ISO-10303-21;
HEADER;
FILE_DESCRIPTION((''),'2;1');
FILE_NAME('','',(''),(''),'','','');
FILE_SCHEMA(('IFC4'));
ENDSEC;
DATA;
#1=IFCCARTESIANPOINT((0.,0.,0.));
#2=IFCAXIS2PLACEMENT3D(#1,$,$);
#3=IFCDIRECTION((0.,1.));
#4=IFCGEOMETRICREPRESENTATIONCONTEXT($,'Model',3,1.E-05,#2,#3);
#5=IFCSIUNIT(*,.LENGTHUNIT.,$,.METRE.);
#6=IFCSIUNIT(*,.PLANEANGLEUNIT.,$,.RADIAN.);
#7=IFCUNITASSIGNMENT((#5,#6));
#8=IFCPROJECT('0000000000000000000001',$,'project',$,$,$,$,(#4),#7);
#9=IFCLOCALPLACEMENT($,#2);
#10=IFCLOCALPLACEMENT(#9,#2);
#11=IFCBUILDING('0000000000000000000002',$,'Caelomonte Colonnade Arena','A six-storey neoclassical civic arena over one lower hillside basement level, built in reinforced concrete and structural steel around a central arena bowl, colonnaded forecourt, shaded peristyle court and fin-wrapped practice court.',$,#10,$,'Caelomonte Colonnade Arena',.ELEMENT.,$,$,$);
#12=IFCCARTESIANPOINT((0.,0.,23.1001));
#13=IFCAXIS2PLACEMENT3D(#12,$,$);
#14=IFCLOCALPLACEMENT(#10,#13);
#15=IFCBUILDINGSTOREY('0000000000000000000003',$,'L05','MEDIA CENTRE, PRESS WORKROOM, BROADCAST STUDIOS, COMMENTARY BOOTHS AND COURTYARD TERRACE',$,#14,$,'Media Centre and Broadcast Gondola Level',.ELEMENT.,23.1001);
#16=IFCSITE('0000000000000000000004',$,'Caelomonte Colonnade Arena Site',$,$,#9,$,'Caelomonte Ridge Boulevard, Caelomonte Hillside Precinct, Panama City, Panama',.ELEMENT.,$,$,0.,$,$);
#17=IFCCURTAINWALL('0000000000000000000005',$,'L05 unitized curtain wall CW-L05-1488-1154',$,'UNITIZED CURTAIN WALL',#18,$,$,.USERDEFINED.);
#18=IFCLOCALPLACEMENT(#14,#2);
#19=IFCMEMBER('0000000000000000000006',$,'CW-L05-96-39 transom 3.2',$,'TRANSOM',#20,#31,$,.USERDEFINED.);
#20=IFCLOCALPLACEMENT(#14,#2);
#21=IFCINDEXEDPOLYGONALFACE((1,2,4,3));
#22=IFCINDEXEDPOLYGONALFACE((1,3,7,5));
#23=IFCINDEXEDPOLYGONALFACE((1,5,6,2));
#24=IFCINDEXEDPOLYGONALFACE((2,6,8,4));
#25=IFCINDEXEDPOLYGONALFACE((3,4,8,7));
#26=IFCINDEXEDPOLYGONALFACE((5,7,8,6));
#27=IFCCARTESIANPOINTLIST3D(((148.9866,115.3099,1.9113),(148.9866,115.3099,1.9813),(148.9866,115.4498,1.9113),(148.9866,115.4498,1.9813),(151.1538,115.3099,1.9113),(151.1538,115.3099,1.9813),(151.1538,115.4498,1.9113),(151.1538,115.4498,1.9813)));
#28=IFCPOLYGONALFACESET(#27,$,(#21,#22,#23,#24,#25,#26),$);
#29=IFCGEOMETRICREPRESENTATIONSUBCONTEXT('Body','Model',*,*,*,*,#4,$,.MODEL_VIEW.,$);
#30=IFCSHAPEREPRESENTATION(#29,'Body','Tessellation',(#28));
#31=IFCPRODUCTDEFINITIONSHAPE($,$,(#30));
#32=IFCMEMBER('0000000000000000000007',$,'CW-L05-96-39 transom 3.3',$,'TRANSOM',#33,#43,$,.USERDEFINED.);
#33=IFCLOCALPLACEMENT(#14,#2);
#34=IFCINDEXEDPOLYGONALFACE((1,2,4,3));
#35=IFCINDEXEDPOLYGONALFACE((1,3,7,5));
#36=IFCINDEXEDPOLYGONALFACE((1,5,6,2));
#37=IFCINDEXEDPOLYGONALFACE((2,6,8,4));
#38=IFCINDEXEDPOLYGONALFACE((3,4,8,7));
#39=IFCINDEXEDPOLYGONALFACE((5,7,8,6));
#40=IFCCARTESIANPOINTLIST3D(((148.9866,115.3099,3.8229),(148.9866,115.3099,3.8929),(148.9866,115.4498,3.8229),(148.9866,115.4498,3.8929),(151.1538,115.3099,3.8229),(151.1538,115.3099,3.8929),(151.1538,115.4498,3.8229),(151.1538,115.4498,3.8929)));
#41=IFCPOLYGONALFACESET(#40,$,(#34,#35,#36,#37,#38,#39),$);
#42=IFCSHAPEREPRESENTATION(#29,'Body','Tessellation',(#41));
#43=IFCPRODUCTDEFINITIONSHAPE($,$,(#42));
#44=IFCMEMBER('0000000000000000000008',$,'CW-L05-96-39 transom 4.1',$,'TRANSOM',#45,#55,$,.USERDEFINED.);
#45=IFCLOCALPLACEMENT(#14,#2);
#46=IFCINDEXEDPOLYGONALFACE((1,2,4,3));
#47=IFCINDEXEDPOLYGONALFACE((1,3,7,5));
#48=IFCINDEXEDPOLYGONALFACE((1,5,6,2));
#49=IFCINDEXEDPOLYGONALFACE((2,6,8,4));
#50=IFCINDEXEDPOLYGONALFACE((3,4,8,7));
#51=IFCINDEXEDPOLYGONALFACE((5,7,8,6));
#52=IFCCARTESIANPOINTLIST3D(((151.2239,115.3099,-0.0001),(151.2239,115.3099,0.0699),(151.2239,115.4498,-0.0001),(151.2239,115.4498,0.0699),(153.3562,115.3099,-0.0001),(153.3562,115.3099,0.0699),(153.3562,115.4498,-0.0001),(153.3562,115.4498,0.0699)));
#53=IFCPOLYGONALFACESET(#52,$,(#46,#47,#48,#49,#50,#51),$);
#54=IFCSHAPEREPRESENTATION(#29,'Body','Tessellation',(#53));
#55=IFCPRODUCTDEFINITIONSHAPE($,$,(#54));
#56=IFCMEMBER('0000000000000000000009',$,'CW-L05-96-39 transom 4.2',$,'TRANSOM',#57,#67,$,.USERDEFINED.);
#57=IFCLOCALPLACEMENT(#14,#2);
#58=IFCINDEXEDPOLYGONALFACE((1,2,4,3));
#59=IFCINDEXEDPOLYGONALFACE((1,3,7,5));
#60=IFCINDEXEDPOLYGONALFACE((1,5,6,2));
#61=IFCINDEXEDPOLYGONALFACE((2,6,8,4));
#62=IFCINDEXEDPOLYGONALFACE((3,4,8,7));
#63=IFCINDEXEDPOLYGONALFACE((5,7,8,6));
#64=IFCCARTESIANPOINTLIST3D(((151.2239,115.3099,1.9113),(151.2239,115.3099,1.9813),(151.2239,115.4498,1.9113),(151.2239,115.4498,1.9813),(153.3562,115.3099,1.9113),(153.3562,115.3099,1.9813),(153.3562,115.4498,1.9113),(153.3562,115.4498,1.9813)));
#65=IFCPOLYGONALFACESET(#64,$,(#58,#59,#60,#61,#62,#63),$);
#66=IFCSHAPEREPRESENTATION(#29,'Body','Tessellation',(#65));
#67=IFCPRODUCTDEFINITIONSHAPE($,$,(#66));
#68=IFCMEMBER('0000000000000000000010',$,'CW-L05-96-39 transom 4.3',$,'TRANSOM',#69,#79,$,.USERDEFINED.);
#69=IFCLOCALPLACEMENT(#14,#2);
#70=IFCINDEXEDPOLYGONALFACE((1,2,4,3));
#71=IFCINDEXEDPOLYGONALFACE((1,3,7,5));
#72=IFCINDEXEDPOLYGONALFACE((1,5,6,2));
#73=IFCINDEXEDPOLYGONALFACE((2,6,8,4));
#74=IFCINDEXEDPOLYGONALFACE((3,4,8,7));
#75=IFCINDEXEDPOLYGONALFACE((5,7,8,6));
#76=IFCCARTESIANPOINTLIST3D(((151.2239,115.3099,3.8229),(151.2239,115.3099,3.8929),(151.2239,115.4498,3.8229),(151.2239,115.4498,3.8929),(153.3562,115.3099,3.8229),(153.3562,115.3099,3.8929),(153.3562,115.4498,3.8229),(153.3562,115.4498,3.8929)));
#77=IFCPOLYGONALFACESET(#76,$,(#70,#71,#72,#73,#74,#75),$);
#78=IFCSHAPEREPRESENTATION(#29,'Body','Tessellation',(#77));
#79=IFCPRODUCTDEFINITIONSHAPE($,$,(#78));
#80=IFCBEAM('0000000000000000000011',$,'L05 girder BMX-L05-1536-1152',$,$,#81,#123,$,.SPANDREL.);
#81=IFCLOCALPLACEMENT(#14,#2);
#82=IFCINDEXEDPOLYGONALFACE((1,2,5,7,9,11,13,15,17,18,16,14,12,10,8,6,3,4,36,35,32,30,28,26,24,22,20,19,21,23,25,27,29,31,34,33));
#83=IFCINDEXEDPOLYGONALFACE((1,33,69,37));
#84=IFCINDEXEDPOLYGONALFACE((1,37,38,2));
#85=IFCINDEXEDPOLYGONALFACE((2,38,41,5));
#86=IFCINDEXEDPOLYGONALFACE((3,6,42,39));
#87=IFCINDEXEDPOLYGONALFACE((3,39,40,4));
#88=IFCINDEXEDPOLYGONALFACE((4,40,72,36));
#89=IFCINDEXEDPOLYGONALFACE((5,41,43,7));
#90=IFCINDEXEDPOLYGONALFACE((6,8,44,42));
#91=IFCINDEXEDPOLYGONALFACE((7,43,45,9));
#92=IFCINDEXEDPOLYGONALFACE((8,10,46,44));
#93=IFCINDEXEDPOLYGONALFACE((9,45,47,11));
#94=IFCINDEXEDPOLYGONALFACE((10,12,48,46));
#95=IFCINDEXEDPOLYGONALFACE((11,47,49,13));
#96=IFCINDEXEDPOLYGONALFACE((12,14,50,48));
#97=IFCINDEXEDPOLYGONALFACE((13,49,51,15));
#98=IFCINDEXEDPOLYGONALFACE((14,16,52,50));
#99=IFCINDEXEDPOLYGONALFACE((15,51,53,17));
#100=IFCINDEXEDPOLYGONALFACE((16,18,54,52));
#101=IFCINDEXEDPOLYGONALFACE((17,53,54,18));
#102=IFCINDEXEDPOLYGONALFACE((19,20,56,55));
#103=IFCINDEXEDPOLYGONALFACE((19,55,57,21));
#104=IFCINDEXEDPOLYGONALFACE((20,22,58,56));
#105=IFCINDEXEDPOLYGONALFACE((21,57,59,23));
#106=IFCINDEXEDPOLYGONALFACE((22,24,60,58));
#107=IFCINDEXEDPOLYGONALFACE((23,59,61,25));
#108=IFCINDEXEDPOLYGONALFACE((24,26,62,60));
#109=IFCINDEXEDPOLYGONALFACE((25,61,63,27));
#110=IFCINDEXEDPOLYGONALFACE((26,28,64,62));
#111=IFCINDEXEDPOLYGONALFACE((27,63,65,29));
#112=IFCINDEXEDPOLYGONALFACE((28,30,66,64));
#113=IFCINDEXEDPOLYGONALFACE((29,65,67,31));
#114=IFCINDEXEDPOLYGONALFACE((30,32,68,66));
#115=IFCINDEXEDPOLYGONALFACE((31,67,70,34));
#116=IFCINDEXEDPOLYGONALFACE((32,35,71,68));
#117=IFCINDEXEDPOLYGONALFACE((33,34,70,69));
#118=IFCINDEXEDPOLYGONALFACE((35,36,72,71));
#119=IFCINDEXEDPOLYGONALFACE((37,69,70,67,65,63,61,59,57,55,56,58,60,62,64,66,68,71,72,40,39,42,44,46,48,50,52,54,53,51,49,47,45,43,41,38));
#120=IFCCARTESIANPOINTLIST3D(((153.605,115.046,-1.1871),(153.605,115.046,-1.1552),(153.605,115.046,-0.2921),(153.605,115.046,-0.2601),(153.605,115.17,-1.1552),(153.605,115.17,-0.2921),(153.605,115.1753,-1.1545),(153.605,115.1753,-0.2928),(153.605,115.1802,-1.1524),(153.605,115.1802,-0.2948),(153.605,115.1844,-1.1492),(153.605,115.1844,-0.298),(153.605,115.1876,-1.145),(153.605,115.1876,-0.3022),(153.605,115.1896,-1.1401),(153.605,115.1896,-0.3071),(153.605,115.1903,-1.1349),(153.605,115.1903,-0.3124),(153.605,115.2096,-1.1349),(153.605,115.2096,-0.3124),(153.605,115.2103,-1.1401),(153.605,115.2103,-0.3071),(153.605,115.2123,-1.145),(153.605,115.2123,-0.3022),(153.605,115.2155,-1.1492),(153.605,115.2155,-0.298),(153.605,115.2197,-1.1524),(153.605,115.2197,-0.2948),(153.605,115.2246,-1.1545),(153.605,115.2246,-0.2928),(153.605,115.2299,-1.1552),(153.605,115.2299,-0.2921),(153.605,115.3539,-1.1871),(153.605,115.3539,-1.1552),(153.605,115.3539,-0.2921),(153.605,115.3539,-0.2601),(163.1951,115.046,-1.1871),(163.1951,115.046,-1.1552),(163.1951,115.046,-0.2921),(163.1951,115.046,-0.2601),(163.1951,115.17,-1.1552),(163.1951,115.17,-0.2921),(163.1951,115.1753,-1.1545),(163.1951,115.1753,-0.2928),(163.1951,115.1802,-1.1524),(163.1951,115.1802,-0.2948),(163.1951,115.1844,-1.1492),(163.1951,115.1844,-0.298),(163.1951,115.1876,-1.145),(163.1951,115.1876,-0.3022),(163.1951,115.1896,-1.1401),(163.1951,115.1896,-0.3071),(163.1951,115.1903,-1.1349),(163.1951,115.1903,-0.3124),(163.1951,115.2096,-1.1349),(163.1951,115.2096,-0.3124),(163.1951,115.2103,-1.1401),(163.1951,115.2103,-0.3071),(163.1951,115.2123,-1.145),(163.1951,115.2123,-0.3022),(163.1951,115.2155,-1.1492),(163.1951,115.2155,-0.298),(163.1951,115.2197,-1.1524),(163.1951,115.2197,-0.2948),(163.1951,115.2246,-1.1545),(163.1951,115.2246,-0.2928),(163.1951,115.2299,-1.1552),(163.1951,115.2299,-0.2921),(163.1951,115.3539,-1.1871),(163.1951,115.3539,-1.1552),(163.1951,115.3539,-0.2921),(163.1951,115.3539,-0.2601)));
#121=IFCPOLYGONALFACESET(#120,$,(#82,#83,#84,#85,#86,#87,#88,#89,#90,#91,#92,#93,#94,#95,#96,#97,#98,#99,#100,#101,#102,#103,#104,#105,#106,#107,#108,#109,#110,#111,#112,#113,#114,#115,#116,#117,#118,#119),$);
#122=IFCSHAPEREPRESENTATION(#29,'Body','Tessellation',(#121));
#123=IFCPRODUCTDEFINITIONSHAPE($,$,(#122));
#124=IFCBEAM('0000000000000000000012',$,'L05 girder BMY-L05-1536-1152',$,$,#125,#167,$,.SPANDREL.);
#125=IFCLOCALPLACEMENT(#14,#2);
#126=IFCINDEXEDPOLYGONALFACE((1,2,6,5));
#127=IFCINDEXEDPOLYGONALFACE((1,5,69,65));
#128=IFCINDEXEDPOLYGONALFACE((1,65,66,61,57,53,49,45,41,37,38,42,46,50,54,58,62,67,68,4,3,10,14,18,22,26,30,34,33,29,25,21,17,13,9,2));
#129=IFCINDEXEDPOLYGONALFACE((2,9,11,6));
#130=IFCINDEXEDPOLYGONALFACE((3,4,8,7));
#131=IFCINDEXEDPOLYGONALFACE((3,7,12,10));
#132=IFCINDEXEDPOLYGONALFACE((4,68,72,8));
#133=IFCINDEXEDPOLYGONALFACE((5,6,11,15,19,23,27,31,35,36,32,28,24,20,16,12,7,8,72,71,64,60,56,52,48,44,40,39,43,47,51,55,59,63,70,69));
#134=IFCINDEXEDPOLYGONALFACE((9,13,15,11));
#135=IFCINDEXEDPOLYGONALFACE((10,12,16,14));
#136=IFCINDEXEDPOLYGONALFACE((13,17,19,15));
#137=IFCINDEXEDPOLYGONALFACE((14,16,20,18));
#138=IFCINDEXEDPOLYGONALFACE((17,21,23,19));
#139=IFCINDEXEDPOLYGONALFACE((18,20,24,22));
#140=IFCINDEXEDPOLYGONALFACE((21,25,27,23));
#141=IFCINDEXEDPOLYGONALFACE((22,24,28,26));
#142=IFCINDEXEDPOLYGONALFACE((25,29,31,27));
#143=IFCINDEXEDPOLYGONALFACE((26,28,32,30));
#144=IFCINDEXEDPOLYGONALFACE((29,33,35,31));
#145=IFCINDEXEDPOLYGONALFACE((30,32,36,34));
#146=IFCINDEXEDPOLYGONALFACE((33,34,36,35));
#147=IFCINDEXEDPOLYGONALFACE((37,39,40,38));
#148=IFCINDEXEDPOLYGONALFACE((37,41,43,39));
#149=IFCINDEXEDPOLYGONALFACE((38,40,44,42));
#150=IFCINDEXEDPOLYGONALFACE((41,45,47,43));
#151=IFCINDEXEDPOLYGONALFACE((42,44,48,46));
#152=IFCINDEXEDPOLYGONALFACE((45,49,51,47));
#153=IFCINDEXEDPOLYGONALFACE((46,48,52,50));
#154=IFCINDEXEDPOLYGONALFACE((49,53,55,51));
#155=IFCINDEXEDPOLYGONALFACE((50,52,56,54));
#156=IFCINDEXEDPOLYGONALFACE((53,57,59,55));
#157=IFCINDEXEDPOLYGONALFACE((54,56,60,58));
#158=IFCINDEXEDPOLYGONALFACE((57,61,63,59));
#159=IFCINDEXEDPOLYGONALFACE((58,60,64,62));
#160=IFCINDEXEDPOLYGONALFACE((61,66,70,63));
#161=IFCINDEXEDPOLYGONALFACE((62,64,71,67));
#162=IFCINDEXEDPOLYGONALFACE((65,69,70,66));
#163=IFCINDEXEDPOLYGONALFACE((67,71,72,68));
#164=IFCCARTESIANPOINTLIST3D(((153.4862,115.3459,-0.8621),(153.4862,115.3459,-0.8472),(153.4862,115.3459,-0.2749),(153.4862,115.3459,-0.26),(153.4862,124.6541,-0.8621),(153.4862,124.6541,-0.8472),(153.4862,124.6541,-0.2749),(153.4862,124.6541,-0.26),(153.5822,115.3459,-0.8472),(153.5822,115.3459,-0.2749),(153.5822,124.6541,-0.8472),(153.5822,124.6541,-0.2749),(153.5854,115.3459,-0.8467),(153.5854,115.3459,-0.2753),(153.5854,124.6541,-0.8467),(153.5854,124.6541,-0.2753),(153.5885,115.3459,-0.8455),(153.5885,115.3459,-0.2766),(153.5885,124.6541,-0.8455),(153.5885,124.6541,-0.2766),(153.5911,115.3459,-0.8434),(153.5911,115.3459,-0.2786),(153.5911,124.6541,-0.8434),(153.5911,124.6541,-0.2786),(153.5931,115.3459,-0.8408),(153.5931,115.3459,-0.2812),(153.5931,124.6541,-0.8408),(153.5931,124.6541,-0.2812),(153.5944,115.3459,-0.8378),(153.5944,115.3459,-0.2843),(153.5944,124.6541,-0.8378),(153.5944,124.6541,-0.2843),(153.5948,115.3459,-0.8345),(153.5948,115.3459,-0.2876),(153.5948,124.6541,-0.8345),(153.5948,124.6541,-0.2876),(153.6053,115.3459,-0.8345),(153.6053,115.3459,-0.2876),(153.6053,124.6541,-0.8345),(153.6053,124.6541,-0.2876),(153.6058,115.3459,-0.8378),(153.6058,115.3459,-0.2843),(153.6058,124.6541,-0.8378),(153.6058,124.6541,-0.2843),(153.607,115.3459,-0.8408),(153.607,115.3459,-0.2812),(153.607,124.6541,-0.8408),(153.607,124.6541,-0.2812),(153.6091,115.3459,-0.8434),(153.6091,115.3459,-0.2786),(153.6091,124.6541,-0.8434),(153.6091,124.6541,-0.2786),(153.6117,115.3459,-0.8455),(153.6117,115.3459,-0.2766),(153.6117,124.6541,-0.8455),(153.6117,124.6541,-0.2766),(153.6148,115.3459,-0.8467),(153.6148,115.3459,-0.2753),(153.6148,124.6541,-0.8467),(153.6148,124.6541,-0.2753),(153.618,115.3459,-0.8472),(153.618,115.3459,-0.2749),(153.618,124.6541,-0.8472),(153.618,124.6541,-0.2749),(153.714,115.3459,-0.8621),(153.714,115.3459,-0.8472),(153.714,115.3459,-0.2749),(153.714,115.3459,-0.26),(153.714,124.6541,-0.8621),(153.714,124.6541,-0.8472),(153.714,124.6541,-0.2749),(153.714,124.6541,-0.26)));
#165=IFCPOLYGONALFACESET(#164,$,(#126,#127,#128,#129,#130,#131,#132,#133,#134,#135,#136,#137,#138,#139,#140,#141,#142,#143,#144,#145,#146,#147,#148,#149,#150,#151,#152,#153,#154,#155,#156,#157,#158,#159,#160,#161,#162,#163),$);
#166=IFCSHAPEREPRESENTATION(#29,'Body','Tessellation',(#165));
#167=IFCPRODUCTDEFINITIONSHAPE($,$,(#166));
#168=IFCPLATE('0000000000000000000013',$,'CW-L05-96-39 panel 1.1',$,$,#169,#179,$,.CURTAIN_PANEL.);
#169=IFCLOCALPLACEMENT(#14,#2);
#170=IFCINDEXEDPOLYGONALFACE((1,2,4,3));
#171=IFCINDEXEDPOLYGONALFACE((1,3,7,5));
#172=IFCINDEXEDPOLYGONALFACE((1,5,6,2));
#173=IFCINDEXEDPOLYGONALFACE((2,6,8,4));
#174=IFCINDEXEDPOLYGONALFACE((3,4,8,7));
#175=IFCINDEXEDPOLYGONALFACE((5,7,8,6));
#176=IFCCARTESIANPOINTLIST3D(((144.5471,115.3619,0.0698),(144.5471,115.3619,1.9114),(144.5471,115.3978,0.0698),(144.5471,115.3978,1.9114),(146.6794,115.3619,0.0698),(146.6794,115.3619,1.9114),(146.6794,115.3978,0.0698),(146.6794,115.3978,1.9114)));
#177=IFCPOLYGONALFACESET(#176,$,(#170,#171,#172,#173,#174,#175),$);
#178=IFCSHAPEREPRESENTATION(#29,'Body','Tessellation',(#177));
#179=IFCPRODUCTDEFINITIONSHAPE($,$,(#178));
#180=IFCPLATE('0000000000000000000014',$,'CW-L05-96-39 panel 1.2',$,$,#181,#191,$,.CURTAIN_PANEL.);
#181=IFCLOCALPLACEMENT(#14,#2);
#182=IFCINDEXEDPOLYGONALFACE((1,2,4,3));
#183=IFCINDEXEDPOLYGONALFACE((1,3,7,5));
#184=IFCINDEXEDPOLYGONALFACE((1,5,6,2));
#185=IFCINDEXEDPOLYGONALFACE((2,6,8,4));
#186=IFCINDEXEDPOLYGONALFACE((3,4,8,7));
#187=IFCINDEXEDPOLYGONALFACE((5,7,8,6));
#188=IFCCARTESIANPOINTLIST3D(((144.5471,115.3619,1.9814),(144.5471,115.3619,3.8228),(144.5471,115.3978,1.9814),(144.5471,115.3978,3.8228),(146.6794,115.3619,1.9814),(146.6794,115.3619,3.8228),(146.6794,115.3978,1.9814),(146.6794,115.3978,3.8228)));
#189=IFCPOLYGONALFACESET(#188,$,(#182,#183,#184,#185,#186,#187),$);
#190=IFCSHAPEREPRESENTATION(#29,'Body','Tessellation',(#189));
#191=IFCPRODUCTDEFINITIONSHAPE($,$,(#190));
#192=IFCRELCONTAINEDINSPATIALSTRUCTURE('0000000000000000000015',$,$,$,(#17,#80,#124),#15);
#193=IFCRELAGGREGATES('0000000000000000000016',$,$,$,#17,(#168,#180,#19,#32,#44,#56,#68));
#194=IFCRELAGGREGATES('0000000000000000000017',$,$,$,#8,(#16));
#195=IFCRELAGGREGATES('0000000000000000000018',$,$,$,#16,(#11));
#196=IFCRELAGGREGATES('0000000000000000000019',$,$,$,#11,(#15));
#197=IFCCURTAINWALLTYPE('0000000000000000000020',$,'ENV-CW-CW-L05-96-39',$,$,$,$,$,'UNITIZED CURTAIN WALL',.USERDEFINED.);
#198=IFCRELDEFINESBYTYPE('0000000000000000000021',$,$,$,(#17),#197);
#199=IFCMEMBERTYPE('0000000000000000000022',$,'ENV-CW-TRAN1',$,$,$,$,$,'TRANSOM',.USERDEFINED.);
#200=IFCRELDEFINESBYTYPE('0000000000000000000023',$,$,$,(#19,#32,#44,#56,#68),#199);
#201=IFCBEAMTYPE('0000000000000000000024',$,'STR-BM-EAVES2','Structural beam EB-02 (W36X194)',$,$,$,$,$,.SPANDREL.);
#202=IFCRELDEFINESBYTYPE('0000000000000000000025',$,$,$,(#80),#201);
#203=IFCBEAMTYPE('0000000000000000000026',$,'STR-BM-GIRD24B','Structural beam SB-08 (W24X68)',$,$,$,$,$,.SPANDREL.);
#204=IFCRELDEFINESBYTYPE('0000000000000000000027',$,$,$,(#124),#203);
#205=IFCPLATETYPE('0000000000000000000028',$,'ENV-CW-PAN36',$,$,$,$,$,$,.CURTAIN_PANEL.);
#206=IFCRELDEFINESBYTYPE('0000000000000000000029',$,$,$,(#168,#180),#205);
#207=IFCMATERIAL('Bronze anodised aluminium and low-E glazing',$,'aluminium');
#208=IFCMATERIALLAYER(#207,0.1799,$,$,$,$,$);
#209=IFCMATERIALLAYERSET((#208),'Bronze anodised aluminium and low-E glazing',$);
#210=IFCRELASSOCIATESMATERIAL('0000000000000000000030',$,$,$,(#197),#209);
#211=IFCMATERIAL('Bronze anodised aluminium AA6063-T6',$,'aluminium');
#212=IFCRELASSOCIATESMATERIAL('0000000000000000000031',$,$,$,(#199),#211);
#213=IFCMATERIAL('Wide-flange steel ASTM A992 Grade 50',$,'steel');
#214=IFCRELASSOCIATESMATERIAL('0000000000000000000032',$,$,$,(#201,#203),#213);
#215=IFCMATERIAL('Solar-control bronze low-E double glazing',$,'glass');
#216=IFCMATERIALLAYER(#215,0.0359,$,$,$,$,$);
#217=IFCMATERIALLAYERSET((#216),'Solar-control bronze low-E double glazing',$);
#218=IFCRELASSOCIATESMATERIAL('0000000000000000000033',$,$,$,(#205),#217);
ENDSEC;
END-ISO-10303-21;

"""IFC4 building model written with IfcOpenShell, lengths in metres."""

from ifc_helpers import new_model, si_unit, direction, frame, origin, origin_2d, place, context, subcontext, project, spatial, rectangle, i_section, extrude, material, layer, layer_set, material_profile, profile_set, type_object, element, aggregate, save


model = new_model("IFC4")

# Units and contexts
model_context = context("Model", 3, precision=1e-05, world=origin(), true_north=direction((0.0, 1.0)))
body_context = subcontext(model_context, "Body", "Model", "MODEL_VIEW")
ifc_project = project(units=[si_unit("LENGTHUNIT", "METRE"), si_unit("PLANEANGLEUNIT", "RADIAN")], contexts=[model_context])

# Site, building, storey
site_placement = place(None, origin())
site = spatial("IfcSite", under=ifc_project, at=site_placement, Name="Caelomonte Colonnade Arena Site", LongName="Caelomonte Ridge Boulevard, Caelomonte Hillside Precinct, Panama City, Panama", CompositionType="ELEMENT", RefElevation=0.0)
building_placement = place(site_placement, origin())
building = spatial("IfcBuilding", under=site, at=building_placement, Name="Caelomonte Colonnade Arena", Description="A six-storey neoclassical civic arena over one lower hillside basement level, built in reinforced concrete and structural steel around a central arena bowl, colonnaded forecourt, shaded peristyle court and fin-wrapped practice court.", LongName="Caelomonte Colonnade Arena", CompositionType="ELEMENT")
storey_placement = place(building_placement, frame((0.0, 0.0, 23.1001)))
storey = spatial("IfcBuildingStorey", under=building, at=storey_placement, Name="L05", Description="MEDIA CENTRE, PRESS WORKROOM, BROADCAST STUDIOS, COMMENTARY BOOTHS AND COURTYARD TERRACE", LongName="Media Centre and Broadcast Gondola Level", CompositionType="ELEMENT", Elevation=23.1001)

# Shared definitions
ifc_material_1 = material(Name="Wide-flange steel ASTM A992 Grade 50", Category="steel")

# Curtain wall, members
ifc_material_2 = material(Name="Bronze anodised aluminium and low-E glazing", Category="aluminium")
ifc_layer_1 = layer(ifc_material_2, 0.1799)
ifc_layer_set_1 = layer_set([ifc_layer_1], Name="Bronze anodised aluminium and low-E glazing")
curtain_wall_type = type_object("IfcCurtainWallType", Name="ENV-CW-CW-L05-96-39", ElementType="UNITIZED CURTAIN WALL", PredefinedType="USERDEFINED", material=ifc_layer_set_1)
curtain_wall_placement = place(storey_placement, origin())
curtain_wall = element("IfcCurtainWall", 1, at=curtain_wall_placement, inside=storey, type_object=curtain_wall_type, Name="L05 unitized curtain wall CW-L05-1488-1154", ObjectType="UNITIZED CURTAIN WALL", PredefinedType="USERDEFINED")
ifc_material_3 = material(Name="Bronze anodised aluminium AA6063-T6", Category="aluminium")
ifc_material_profile_1 = material_profile(ifc_material_3, rectangle(XDim=0.0701, YDim=0.1399, at=origin_2d()), Name="CWT-70X140")
ifc_profile_set_1 = profile_set([ifc_material_profile_1], Name="Bronze anodised aluminium AA6063-T6")
member_type_1 = type_object("IfcMemberType", Name="ENV-CW-TRAN1", ElementType="TRANSOM", PredefinedType="USERDEFINED", material=ifc_profile_set_1)
member_1_placement = place(storey_placement, frame((148.9866, 115.3799, 1.9463), z_axis=(1.0, 0.0, 0.0), x_axis=(0.0, 0.0, 1.0)))
member_1 = element("IfcMember", 2, at=member_1_placement, type_object=member_type_1, Name="CW-L05-96-39 transom 3.2", ObjectType="TRANSOM", PredefinedType="USERDEFINED", context=body_context, shape_type="SweptSolid", body=[
    extrude(rectangle(XDim=0.0701, YDim=0.1399, at=origin_2d()), origin(), (0.0, 0.0, 1.0), 2.1672),
])
member_2_placement = place(storey_placement, frame((148.9866, 115.3799, 3.8579), z_axis=(1.0, 0.0, 0.0), x_axis=(0.0, 0.0, 1.0)))
member_2 = element("IfcMember", 3, at=member_2_placement, type_object=member_type_1, Name="CW-L05-96-39 transom 3.3", ObjectType="TRANSOM", PredefinedType="USERDEFINED", context=body_context, shape_type="SweptSolid", body=[
    extrude(rectangle(XDim=0.0701, YDim=0.1399, at=origin_2d()), origin(), (0.0, 0.0, 1.0), 2.1672),
])
member_3_placement = place(storey_placement, frame((151.2239, 115.3799, 0.0349), z_axis=(1.0, 0.0, 0.0), x_axis=(0.0, 0.0, 1.0)))
member_3 = element("IfcMember", 4, at=member_3_placement, type_object=member_type_1, Name="CW-L05-96-39 transom 4.1", ObjectType="TRANSOM", PredefinedType="USERDEFINED", context=body_context, shape_type="SweptSolid", body=[
    extrude(rectangle(XDim=0.0701, YDim=0.1399, at=origin_2d()), origin(), (0.0, 0.0, 1.0), 2.1323),
])
member_4_placement = place(storey_placement, frame((151.2239, 115.3799, 1.9463), z_axis=(1.0, 0.0, 0.0), x_axis=(0.0, 0.0, 1.0)))
member_4 = element("IfcMember", 5, at=member_4_placement, type_object=member_type_1, Name="CW-L05-96-39 transom 4.2", ObjectType="TRANSOM", PredefinedType="USERDEFINED", context=body_context, shape_type="SweptSolid", body=[
    extrude(rectangle(XDim=0.0701, YDim=0.1399, at=origin_2d()), origin(), (0.0, 0.0, 1.0), 2.1323),
])
member_5_placement = place(storey_placement, frame((151.2239, 115.3799, 3.8579), z_axis=(1.0, 0.0, 0.0), x_axis=(0.0, 0.0, 1.0)))
member_5 = element("IfcMember", 6, at=member_5_placement, type_object=member_type_1, Name="CW-L05-96-39 transom 4.3", ObjectType="TRANSOM", PredefinedType="USERDEFINED", context=body_context, shape_type="SweptSolid", body=[
    extrude(rectangle(XDim=0.0701, YDim=0.1399, at=origin_2d()), origin(), (0.0, 0.0, 1.0), 2.1323),
])

# Beams
ifc_material_profile_2 = material_profile(ifc_material_1, i_section(OverallWidth=0.3079, OverallDepth=0.927, WebThickness=0.0193, FlangeThickness=0.032, FilletRadius=0.0203, at=origin_2d()), Name="W36X194")
ifc_profile_set_2 = profile_set([ifc_material_profile_2], Name="Wide-flange steel ASTM A992 Grade 50")
beam_type_1 = type_object("IfcBeamType", Name="STR-BM-EAVES2", Description="Structural beam EB-02 (W36X194)", PredefinedType="SPANDREL", material=ifc_profile_set_2)
beam_1_placement = place(storey_placement, frame((153.605, 115.2, -0.7236), z_axis=(1.0, 0.0, 0.0), x_axis=(0.0, 1.0, 0.0)))
element("IfcBeam", 7, at=beam_1_placement, inside=storey, type_object=beam_type_1, Name="L05 girder BMX-L05-1536-1152", PredefinedType="SPANDREL", context=body_context, shape_type="SweptSolid", body=[
    extrude(i_section(OverallWidth=0.3079, OverallDepth=0.927, WebThickness=0.0193, FlangeThickness=0.032, FilletRadius=0.0203, at=origin_2d()), origin(), (0.0, 0.0, 1.0), 9.5901),
])
ifc_material_profile_3 = material_profile(ifc_material_1, i_section(OverallWidth=0.2278, OverallDepth=0.6021, WebThickness=0.0105, FlangeThickness=0.0149, FilletRadius=0.0127, at=origin_2d()), Name="W24X68")
ifc_profile_set_3 = profile_set([ifc_material_profile_3], Name="Wide-flange steel ASTM A992 Grade 50")
beam_type_2 = type_object("IfcBeamType", Name="STR-BM-GIRD24B", Description="Structural beam SB-08 (W24X68)", PredefinedType="SPANDREL", material=ifc_profile_set_3)
beam_2_placement = place(storey_placement, frame((153.6001, 115.3459, -0.561), z_axis=(0.0, 1.0, 0.0), x_axis=(-1.0, 0.0, 0.0)))
element("IfcBeam", 8, at=beam_2_placement, inside=storey, type_object=beam_type_2, Name="L05 girder BMY-L05-1536-1152", PredefinedType="SPANDREL", context=body_context, shape_type="SweptSolid", body=[
    extrude(i_section(OverallWidth=0.2278, OverallDepth=0.6021, WebThickness=0.0105, FlangeThickness=0.0149, FilletRadius=0.0127, at=origin_2d()), origin(), (0.0, 0.0, 1.0), 9.3081),
])

# Plates
ifc_material_4 = material(Name="Solar-control bronze low-E double glazing", Category="glass")
ifc_layer_2 = layer(ifc_material_4, 0.0359)
ifc_layer_set_2 = layer_set([ifc_layer_2], Name="Solar-control bronze low-E double glazing")
plate_type = type_object("IfcPlateType", Name="ENV-CW-PAN36", PredefinedType="CURTAIN_PANEL", material=ifc_layer_set_2)
plate_1_placement = place(storey_placement, frame((145.6133, 115.3799, 0.0698), z_axis=(0.0, 0.0, 1.0), x_axis=(1.0, 0.0, 0.0)))
plate_1 = element("IfcPlate", 9, at=plate_1_placement, type_object=plate_type, Name="CW-L05-96-39 panel 1.1", PredefinedType="CURTAIN_PANEL", context=body_context, shape_type="SweptSolid", body=[
    extrude(rectangle(XDim=2.1323, YDim=0.0359, at=origin_2d()), origin(), (0.0, 0.0, 1.0), 1.8416),
])
plate_2_placement = place(storey_placement, frame((145.6133, 115.3799, 1.9814), z_axis=(0.0, 0.0, 1.0), x_axis=(1.0, 0.0, 0.0)))
plate_2 = element("IfcPlate", 10, at=plate_2_placement, type_object=plate_type, Name="CW-L05-96-39 panel 1.2", PredefinedType="CURTAIN_PANEL", context=body_context, shape_type="SweptSolid", body=[
    extrude(rectangle(XDim=2.1323, YDim=0.0359, at=origin_2d()), origin(), (0.0, 0.0, 1.0), 1.8413),
])
aggregate(curtain_wall, [plate_1, plate_2, member_1, member_2, member_3, member_4, member_5])

save(model, "model.ifc")
